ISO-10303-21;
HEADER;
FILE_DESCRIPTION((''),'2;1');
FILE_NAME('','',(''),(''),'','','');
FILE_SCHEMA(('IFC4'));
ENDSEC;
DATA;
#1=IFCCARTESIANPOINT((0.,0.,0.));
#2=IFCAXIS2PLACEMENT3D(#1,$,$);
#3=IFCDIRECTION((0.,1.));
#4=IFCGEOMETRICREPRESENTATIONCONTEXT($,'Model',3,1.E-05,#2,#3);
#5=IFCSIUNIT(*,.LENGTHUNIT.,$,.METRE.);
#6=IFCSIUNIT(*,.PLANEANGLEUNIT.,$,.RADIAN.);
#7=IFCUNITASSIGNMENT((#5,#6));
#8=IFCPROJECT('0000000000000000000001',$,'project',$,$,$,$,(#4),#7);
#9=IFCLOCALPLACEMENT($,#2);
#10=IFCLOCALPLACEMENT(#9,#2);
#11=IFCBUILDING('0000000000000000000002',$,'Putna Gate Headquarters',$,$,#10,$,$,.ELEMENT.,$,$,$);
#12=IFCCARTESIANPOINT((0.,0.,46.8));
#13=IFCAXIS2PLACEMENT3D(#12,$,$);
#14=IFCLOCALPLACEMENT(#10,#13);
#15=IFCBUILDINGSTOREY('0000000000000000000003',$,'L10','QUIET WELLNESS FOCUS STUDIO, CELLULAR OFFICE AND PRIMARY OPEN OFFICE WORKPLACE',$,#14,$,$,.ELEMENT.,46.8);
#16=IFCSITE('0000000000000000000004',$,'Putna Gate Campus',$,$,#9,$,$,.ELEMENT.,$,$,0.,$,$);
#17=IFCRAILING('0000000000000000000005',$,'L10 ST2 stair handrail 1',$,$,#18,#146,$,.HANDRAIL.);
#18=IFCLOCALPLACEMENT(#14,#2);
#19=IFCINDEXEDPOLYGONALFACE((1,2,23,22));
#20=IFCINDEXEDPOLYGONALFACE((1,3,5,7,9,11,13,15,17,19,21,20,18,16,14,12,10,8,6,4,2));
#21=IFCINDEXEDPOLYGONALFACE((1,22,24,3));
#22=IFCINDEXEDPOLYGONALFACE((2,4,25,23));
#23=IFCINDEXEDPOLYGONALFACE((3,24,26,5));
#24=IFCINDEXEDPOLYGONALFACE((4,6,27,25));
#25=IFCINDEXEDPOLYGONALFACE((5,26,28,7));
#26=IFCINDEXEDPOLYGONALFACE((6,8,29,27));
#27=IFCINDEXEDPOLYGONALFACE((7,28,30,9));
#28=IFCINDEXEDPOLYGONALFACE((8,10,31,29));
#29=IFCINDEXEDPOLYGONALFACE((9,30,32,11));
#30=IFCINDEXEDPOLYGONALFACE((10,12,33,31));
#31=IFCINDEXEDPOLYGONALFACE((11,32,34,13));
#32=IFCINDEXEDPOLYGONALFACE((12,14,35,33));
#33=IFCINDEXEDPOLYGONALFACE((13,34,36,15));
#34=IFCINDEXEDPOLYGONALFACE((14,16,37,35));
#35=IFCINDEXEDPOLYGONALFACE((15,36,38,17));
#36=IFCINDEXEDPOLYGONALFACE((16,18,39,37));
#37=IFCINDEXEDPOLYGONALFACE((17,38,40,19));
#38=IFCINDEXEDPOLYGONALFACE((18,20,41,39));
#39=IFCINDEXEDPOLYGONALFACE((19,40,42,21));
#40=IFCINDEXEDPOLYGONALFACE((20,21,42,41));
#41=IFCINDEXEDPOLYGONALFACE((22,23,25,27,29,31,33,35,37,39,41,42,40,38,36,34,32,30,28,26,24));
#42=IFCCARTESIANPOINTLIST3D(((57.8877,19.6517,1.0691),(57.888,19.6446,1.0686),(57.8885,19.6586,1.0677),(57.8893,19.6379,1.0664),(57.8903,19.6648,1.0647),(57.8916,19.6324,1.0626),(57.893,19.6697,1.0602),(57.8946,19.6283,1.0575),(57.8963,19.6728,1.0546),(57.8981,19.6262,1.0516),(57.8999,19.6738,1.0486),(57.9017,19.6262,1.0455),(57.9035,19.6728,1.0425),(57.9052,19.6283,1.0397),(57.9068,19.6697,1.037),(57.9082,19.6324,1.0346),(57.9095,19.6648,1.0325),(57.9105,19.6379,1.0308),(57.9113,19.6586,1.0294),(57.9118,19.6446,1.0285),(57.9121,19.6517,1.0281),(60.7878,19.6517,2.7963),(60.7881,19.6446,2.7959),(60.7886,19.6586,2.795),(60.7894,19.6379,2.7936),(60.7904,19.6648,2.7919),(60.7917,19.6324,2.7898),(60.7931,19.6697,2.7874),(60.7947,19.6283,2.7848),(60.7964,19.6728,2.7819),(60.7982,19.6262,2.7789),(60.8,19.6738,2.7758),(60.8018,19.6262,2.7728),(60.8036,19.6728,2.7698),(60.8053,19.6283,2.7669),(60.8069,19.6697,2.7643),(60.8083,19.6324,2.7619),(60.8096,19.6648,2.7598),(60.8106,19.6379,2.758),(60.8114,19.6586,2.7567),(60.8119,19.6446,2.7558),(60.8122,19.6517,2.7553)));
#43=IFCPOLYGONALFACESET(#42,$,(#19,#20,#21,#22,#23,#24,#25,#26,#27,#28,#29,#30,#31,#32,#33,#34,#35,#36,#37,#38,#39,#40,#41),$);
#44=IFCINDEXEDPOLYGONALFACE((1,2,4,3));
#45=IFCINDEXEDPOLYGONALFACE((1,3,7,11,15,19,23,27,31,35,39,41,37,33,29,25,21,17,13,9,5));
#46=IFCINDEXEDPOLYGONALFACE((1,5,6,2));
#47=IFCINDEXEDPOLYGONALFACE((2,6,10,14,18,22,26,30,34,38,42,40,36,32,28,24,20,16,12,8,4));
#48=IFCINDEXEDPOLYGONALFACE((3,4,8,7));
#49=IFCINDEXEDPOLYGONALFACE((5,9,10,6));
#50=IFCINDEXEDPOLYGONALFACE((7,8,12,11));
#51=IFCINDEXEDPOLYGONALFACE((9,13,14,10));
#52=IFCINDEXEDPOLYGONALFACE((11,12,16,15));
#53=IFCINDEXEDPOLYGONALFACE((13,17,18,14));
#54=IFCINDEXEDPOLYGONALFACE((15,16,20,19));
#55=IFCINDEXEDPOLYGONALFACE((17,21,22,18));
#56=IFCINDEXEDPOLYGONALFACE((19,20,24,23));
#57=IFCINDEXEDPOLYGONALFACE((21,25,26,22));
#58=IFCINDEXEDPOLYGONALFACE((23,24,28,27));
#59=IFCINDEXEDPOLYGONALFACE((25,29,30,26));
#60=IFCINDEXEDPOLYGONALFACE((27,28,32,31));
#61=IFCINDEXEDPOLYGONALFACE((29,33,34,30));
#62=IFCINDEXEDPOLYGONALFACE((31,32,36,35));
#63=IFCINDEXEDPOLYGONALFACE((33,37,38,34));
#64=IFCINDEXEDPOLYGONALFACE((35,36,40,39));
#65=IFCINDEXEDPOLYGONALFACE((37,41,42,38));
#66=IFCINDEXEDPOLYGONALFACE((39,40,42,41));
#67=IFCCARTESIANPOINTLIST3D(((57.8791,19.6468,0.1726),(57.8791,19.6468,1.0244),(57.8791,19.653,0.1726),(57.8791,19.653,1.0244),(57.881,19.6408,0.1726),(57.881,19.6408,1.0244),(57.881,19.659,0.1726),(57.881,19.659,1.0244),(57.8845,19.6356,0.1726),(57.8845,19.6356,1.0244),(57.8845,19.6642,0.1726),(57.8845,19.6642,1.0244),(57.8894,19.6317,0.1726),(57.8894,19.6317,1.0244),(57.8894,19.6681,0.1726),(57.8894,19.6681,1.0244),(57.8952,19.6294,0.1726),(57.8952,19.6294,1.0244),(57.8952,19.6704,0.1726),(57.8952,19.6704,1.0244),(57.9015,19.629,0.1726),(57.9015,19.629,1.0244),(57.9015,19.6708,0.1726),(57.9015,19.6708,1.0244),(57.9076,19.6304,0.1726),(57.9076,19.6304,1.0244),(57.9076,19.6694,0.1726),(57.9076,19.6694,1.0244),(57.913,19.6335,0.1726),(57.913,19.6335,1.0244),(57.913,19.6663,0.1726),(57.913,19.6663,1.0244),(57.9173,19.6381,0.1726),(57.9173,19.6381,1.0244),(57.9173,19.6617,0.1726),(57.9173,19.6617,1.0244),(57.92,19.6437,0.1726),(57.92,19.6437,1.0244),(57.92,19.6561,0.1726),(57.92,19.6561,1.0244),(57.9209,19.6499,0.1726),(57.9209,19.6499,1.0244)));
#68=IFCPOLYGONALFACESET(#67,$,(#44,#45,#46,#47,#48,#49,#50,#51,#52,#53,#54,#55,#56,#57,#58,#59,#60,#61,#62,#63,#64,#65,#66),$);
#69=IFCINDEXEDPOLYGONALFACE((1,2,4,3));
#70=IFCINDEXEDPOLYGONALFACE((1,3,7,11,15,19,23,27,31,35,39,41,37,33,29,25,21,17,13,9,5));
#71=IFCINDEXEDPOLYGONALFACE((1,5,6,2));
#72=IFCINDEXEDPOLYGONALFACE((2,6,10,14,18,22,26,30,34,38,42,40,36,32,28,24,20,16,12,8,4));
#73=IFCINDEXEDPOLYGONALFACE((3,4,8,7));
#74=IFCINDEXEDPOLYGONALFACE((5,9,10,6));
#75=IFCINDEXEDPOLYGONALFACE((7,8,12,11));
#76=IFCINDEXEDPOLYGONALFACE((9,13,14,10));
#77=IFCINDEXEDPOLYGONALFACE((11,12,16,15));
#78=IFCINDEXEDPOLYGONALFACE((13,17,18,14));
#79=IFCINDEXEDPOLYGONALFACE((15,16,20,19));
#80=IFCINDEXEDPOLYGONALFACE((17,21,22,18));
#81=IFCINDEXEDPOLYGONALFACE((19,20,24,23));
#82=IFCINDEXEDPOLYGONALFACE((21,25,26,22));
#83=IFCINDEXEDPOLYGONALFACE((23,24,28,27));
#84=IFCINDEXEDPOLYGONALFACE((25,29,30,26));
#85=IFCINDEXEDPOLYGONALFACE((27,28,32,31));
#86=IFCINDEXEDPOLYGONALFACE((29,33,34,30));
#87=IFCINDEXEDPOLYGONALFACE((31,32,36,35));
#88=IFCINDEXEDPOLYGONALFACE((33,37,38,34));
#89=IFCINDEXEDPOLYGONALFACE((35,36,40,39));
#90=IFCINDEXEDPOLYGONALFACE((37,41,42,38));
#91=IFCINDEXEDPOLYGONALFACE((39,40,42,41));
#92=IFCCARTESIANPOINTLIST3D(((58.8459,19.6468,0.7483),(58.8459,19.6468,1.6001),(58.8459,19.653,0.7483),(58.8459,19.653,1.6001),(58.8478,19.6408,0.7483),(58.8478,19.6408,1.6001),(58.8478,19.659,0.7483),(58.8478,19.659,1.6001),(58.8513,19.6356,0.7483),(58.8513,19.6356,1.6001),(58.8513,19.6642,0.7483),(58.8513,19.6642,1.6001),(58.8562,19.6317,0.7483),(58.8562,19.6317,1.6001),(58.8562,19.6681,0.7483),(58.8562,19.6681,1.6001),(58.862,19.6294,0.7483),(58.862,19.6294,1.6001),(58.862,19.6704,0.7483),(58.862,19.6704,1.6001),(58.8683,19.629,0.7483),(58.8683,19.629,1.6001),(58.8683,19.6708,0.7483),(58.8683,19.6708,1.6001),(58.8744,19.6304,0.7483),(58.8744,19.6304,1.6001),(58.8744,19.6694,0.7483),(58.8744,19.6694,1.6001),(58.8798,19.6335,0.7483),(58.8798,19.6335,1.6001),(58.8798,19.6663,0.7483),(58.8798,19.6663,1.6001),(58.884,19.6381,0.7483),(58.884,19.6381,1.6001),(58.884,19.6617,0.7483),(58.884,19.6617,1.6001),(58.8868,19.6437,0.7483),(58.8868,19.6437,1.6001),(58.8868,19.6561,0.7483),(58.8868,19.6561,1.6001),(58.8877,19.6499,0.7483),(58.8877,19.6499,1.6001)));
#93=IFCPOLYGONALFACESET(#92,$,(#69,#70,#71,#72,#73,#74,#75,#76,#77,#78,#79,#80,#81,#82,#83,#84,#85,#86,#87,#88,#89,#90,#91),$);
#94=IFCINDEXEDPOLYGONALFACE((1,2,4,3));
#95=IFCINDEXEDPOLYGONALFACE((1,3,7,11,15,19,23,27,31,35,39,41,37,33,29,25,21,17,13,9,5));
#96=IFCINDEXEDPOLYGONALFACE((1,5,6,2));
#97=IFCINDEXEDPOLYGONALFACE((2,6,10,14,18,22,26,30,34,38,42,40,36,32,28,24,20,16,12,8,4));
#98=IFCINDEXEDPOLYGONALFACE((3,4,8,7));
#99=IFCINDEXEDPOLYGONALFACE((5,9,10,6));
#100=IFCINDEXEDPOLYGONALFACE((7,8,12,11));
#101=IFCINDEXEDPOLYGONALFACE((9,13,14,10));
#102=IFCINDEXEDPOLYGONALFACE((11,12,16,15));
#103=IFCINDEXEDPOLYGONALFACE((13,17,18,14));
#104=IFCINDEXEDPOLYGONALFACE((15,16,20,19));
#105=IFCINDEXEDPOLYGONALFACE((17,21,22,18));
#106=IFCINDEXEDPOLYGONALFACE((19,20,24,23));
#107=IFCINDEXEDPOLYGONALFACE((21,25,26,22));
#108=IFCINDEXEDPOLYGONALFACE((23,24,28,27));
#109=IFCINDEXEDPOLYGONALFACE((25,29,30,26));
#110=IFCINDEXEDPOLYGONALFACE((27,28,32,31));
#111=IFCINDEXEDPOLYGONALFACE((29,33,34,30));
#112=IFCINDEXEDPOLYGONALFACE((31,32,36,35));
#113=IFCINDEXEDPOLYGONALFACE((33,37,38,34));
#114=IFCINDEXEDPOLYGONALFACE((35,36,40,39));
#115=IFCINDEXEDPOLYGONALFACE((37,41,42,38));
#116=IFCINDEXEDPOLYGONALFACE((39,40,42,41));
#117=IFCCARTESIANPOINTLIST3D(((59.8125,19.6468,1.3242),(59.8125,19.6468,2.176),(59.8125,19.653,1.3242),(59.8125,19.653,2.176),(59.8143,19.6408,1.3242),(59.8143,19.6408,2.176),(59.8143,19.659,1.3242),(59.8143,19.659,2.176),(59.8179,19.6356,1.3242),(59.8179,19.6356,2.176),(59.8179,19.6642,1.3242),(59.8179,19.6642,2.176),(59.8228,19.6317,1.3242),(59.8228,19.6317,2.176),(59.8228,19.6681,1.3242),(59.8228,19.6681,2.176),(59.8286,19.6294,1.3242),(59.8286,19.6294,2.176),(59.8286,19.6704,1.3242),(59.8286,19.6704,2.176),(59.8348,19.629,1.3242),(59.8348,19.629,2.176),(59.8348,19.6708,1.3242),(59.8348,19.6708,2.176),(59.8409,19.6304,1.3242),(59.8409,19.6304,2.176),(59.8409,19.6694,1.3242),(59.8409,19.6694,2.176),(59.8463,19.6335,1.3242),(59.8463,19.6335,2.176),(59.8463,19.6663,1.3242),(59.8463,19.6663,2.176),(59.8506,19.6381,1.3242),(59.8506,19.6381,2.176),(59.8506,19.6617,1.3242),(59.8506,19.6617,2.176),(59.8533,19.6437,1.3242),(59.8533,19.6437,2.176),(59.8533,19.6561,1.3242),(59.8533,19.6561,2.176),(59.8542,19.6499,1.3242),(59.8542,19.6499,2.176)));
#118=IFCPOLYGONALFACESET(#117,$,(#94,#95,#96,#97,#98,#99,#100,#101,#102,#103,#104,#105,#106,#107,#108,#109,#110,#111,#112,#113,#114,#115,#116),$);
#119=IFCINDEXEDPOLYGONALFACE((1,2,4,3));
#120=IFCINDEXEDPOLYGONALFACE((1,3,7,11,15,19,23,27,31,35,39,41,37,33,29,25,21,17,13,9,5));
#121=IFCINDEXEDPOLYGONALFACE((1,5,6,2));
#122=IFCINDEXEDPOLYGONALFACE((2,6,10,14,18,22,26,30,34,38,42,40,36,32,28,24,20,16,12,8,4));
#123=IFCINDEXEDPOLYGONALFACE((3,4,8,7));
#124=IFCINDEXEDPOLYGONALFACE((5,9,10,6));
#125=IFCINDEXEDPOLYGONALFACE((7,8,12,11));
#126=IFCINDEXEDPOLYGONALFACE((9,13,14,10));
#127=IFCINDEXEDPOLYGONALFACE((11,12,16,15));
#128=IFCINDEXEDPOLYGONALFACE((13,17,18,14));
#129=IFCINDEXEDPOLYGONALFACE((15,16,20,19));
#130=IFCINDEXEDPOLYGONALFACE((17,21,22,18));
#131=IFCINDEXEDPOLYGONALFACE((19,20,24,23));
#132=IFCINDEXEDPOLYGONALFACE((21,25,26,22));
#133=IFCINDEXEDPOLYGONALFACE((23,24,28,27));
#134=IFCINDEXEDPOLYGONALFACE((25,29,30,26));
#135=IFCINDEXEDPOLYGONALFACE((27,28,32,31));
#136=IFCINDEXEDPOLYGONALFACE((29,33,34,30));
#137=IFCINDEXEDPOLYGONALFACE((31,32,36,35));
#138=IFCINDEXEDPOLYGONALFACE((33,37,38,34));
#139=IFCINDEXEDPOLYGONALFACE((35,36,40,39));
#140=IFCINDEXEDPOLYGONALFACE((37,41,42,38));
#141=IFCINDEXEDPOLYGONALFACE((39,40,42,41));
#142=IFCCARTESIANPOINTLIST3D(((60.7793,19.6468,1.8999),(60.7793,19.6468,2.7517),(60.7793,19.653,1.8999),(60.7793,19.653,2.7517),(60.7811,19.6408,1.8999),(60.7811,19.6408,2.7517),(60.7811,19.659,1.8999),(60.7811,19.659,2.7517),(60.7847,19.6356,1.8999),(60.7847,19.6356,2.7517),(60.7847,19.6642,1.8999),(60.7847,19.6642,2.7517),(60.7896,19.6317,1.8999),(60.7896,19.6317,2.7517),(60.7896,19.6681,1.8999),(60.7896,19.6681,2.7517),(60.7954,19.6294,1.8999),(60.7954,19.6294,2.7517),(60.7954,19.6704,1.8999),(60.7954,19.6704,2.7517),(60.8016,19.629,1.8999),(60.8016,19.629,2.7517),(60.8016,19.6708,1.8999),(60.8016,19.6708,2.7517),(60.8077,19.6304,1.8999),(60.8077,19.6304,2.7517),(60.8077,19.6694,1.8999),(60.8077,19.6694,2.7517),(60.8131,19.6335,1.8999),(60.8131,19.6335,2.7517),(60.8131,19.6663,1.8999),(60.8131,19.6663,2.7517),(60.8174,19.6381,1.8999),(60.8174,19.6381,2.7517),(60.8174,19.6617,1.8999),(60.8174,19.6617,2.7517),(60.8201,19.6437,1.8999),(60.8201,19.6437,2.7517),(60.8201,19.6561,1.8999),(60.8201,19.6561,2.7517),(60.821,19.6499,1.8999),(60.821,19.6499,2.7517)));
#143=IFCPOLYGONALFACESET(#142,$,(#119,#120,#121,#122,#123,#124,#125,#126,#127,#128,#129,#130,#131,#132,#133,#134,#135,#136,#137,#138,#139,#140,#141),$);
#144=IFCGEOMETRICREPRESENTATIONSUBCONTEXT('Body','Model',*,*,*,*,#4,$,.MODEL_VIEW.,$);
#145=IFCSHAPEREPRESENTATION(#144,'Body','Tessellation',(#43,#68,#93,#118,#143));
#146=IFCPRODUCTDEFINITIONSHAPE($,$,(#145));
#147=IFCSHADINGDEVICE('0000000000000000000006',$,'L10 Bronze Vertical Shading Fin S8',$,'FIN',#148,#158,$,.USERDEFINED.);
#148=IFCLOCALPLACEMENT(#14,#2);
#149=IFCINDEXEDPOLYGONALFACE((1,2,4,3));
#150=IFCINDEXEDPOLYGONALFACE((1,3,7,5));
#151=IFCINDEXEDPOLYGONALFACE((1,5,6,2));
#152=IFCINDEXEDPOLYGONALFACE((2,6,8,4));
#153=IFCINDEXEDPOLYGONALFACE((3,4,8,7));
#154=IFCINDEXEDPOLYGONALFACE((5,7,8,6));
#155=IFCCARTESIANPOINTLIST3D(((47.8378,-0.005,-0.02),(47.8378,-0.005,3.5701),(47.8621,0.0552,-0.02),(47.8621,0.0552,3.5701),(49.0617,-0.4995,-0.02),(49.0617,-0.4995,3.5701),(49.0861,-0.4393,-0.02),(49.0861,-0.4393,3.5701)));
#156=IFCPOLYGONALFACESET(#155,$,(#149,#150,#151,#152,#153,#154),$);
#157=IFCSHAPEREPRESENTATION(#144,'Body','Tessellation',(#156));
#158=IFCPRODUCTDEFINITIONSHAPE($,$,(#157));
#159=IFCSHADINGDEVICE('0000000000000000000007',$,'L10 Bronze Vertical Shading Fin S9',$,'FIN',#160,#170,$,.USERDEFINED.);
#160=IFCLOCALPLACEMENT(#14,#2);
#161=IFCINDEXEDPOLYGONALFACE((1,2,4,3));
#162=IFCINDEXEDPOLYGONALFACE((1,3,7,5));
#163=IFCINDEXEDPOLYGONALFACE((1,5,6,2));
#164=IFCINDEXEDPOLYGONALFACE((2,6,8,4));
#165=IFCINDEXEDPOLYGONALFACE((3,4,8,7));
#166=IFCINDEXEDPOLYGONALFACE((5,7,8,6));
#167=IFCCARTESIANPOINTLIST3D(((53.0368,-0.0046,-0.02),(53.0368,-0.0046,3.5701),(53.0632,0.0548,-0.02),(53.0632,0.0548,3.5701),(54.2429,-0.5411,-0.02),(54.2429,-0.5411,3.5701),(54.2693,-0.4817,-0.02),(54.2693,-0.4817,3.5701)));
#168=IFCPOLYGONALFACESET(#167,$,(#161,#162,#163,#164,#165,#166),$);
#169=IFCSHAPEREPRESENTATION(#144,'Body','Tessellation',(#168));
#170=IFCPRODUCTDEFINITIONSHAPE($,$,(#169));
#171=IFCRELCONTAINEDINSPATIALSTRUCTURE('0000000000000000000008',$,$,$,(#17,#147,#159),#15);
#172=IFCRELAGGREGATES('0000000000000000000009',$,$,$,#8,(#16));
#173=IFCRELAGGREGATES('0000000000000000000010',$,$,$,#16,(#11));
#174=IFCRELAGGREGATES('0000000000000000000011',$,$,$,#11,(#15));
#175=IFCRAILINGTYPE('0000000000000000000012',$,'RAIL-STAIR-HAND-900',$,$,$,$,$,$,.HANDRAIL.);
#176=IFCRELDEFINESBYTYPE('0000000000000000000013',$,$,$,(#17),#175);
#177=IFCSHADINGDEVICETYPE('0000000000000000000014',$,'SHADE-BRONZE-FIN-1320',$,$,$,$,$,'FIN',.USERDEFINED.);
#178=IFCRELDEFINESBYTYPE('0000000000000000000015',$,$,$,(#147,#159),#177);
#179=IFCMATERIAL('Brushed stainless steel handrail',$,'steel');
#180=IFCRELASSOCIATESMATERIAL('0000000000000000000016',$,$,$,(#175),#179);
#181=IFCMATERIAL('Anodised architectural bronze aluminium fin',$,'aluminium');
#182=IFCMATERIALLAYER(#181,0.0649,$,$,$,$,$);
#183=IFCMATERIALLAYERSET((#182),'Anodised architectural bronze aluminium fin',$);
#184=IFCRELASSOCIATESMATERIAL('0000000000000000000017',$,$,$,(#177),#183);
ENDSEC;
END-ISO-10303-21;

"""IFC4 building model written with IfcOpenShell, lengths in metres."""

from ifc_helpers import new_model, si_unit, direction, frame, origin, origin_2d, place, context, subcontext, project, spatial, rectangle, circle, extrude, material, layer, layer_set, type_object, element, save


model = new_model("IFC4")

# Units and contexts
model_context = context("Model", 3, precision=1e-05, world=origin(), true_north=direction((0.0, 1.0)))
body_context = subcontext(model_context, "Body", "Model", "MODEL_VIEW")
ifc_project = project(units=[si_unit("LENGTHUNIT", "METRE"), si_unit("PLANEANGLEUNIT", "RADIAN")], contexts=[model_context])

# Site, building, storey
site_placement = place(None, origin())
site = spatial("IfcSite", under=ifc_project, at=site_placement, Name="Putna Gate Campus", CompositionType="ELEMENT", RefElevation=0.0)
building_placement = place(site_placement, origin())
building = spatial("IfcBuilding", under=site, at=building_placement, Name="Putna Gate Headquarters", CompositionType="ELEMENT")
storey_placement = place(building_placement, frame((0.0, 0.0, 46.8)))
storey = spatial("IfcBuildingStorey", under=building, at=storey_placement, Name="L10", Description="QUIET WELLNESS FOCUS STUDIO, CELLULAR OFFICE AND PRIMARY OPEN OFFICE WORKPLACE", CompositionType="ELEMENT", Elevation=46.8)

# Railing
ifc_material_1 = material(Name="Brushed stainless steel handrail", Category="steel")
railing_type_1 = type_object("IfcRailingType", Name="RAIL-STAIR-HAND-900", PredefinedType="HANDRAIL", material=ifc_material_1)
railing_1_placement = place(storey_placement, frame((57.8999, 19.6499, 0.1726)))
element("IfcRailing", 1, at=railing_1_placement, inside=storey, type_object=railing_type_1, Name="L10 ST2 stair handrail 1", PredefinedType="HANDRAIL", context=body_context, shape_type="SweptSolid", body=[
    extrude(circle(Radius=0.0239, at=origin_2d()), frame((0.0, 0.0, 0.876), z_axis=(0.85916, 0.0, 0.511706), x_axis=(0.0, 1.0, 0.0)), (0.0, 0.0, 1.0), 3.3755),
    extrude(circle(Radius=0.021, at=origin_2d()), origin(), (0.0, 0.0, 1.0), 0.8518),
    extrude(circle(Radius=0.021, at=origin_2d()), frame((0.9668, 0.0, 0.5757)), (0.0, 0.0, 1.0), 0.8518),
    extrude(circle(Radius=0.021, at=origin_2d()), frame((1.9333, 0.0, 1.1516)), (0.0, 0.0, 1.0), 0.8518),
    extrude(circle(Radius=0.021, at=origin_2d()), frame((2.9001, 0.0, 1.7273)), (0.0, 0.0, 1.0), 0.8518),
])

# Shading devices
ifc_material_2 = material(Name="Anodised architectural bronze aluminium fin", Category="aluminium")
ifc_layer_1 = layer(ifc_material_2, 0.0649)
ifc_layer_set_1 = layer_set([ifc_layer_1], Name="Anodised architectural bronze aluminium fin")
shading_device_type = type_object("IfcShadingDeviceType", Name="SHADE-BRONZE-FIN-1320", ElementType="FIN", PredefinedType="USERDEFINED", material=ifc_layer_set_1)
for number, where, z_axis, x_axis, name in (
    (2, (48.4619, -0.2222, -0.02), (0.0, 0.0, 1.0), (0.927184, -0.374607, 0.0), "L10 Bronze Vertical Shading Fin S8"),
    (3, (53.6531, -0.2432, -0.02), (0.0, 0.0, 1.0), (0.913687, -0.406418, 0.0), "L10 Bronze Vertical Shading Fin S9"),
):
    element("IfcShadingDevice", number, at=place(storey_placement, frame(where, z_axis=z_axis, x_axis=x_axis)), inside=storey, type_object=shading_device_type, Name=name, ObjectType="FIN", PredefinedType="USERDEFINED", context=body_context, shape_type="SweptSolid", body=[
        extrude(rectangle(XDim=1.3201, YDim=0.0649, at=origin_2d()), origin(), (0.0, 0.0, 1.0), 3.5901),
    ])

save(model, "model.ifc")
